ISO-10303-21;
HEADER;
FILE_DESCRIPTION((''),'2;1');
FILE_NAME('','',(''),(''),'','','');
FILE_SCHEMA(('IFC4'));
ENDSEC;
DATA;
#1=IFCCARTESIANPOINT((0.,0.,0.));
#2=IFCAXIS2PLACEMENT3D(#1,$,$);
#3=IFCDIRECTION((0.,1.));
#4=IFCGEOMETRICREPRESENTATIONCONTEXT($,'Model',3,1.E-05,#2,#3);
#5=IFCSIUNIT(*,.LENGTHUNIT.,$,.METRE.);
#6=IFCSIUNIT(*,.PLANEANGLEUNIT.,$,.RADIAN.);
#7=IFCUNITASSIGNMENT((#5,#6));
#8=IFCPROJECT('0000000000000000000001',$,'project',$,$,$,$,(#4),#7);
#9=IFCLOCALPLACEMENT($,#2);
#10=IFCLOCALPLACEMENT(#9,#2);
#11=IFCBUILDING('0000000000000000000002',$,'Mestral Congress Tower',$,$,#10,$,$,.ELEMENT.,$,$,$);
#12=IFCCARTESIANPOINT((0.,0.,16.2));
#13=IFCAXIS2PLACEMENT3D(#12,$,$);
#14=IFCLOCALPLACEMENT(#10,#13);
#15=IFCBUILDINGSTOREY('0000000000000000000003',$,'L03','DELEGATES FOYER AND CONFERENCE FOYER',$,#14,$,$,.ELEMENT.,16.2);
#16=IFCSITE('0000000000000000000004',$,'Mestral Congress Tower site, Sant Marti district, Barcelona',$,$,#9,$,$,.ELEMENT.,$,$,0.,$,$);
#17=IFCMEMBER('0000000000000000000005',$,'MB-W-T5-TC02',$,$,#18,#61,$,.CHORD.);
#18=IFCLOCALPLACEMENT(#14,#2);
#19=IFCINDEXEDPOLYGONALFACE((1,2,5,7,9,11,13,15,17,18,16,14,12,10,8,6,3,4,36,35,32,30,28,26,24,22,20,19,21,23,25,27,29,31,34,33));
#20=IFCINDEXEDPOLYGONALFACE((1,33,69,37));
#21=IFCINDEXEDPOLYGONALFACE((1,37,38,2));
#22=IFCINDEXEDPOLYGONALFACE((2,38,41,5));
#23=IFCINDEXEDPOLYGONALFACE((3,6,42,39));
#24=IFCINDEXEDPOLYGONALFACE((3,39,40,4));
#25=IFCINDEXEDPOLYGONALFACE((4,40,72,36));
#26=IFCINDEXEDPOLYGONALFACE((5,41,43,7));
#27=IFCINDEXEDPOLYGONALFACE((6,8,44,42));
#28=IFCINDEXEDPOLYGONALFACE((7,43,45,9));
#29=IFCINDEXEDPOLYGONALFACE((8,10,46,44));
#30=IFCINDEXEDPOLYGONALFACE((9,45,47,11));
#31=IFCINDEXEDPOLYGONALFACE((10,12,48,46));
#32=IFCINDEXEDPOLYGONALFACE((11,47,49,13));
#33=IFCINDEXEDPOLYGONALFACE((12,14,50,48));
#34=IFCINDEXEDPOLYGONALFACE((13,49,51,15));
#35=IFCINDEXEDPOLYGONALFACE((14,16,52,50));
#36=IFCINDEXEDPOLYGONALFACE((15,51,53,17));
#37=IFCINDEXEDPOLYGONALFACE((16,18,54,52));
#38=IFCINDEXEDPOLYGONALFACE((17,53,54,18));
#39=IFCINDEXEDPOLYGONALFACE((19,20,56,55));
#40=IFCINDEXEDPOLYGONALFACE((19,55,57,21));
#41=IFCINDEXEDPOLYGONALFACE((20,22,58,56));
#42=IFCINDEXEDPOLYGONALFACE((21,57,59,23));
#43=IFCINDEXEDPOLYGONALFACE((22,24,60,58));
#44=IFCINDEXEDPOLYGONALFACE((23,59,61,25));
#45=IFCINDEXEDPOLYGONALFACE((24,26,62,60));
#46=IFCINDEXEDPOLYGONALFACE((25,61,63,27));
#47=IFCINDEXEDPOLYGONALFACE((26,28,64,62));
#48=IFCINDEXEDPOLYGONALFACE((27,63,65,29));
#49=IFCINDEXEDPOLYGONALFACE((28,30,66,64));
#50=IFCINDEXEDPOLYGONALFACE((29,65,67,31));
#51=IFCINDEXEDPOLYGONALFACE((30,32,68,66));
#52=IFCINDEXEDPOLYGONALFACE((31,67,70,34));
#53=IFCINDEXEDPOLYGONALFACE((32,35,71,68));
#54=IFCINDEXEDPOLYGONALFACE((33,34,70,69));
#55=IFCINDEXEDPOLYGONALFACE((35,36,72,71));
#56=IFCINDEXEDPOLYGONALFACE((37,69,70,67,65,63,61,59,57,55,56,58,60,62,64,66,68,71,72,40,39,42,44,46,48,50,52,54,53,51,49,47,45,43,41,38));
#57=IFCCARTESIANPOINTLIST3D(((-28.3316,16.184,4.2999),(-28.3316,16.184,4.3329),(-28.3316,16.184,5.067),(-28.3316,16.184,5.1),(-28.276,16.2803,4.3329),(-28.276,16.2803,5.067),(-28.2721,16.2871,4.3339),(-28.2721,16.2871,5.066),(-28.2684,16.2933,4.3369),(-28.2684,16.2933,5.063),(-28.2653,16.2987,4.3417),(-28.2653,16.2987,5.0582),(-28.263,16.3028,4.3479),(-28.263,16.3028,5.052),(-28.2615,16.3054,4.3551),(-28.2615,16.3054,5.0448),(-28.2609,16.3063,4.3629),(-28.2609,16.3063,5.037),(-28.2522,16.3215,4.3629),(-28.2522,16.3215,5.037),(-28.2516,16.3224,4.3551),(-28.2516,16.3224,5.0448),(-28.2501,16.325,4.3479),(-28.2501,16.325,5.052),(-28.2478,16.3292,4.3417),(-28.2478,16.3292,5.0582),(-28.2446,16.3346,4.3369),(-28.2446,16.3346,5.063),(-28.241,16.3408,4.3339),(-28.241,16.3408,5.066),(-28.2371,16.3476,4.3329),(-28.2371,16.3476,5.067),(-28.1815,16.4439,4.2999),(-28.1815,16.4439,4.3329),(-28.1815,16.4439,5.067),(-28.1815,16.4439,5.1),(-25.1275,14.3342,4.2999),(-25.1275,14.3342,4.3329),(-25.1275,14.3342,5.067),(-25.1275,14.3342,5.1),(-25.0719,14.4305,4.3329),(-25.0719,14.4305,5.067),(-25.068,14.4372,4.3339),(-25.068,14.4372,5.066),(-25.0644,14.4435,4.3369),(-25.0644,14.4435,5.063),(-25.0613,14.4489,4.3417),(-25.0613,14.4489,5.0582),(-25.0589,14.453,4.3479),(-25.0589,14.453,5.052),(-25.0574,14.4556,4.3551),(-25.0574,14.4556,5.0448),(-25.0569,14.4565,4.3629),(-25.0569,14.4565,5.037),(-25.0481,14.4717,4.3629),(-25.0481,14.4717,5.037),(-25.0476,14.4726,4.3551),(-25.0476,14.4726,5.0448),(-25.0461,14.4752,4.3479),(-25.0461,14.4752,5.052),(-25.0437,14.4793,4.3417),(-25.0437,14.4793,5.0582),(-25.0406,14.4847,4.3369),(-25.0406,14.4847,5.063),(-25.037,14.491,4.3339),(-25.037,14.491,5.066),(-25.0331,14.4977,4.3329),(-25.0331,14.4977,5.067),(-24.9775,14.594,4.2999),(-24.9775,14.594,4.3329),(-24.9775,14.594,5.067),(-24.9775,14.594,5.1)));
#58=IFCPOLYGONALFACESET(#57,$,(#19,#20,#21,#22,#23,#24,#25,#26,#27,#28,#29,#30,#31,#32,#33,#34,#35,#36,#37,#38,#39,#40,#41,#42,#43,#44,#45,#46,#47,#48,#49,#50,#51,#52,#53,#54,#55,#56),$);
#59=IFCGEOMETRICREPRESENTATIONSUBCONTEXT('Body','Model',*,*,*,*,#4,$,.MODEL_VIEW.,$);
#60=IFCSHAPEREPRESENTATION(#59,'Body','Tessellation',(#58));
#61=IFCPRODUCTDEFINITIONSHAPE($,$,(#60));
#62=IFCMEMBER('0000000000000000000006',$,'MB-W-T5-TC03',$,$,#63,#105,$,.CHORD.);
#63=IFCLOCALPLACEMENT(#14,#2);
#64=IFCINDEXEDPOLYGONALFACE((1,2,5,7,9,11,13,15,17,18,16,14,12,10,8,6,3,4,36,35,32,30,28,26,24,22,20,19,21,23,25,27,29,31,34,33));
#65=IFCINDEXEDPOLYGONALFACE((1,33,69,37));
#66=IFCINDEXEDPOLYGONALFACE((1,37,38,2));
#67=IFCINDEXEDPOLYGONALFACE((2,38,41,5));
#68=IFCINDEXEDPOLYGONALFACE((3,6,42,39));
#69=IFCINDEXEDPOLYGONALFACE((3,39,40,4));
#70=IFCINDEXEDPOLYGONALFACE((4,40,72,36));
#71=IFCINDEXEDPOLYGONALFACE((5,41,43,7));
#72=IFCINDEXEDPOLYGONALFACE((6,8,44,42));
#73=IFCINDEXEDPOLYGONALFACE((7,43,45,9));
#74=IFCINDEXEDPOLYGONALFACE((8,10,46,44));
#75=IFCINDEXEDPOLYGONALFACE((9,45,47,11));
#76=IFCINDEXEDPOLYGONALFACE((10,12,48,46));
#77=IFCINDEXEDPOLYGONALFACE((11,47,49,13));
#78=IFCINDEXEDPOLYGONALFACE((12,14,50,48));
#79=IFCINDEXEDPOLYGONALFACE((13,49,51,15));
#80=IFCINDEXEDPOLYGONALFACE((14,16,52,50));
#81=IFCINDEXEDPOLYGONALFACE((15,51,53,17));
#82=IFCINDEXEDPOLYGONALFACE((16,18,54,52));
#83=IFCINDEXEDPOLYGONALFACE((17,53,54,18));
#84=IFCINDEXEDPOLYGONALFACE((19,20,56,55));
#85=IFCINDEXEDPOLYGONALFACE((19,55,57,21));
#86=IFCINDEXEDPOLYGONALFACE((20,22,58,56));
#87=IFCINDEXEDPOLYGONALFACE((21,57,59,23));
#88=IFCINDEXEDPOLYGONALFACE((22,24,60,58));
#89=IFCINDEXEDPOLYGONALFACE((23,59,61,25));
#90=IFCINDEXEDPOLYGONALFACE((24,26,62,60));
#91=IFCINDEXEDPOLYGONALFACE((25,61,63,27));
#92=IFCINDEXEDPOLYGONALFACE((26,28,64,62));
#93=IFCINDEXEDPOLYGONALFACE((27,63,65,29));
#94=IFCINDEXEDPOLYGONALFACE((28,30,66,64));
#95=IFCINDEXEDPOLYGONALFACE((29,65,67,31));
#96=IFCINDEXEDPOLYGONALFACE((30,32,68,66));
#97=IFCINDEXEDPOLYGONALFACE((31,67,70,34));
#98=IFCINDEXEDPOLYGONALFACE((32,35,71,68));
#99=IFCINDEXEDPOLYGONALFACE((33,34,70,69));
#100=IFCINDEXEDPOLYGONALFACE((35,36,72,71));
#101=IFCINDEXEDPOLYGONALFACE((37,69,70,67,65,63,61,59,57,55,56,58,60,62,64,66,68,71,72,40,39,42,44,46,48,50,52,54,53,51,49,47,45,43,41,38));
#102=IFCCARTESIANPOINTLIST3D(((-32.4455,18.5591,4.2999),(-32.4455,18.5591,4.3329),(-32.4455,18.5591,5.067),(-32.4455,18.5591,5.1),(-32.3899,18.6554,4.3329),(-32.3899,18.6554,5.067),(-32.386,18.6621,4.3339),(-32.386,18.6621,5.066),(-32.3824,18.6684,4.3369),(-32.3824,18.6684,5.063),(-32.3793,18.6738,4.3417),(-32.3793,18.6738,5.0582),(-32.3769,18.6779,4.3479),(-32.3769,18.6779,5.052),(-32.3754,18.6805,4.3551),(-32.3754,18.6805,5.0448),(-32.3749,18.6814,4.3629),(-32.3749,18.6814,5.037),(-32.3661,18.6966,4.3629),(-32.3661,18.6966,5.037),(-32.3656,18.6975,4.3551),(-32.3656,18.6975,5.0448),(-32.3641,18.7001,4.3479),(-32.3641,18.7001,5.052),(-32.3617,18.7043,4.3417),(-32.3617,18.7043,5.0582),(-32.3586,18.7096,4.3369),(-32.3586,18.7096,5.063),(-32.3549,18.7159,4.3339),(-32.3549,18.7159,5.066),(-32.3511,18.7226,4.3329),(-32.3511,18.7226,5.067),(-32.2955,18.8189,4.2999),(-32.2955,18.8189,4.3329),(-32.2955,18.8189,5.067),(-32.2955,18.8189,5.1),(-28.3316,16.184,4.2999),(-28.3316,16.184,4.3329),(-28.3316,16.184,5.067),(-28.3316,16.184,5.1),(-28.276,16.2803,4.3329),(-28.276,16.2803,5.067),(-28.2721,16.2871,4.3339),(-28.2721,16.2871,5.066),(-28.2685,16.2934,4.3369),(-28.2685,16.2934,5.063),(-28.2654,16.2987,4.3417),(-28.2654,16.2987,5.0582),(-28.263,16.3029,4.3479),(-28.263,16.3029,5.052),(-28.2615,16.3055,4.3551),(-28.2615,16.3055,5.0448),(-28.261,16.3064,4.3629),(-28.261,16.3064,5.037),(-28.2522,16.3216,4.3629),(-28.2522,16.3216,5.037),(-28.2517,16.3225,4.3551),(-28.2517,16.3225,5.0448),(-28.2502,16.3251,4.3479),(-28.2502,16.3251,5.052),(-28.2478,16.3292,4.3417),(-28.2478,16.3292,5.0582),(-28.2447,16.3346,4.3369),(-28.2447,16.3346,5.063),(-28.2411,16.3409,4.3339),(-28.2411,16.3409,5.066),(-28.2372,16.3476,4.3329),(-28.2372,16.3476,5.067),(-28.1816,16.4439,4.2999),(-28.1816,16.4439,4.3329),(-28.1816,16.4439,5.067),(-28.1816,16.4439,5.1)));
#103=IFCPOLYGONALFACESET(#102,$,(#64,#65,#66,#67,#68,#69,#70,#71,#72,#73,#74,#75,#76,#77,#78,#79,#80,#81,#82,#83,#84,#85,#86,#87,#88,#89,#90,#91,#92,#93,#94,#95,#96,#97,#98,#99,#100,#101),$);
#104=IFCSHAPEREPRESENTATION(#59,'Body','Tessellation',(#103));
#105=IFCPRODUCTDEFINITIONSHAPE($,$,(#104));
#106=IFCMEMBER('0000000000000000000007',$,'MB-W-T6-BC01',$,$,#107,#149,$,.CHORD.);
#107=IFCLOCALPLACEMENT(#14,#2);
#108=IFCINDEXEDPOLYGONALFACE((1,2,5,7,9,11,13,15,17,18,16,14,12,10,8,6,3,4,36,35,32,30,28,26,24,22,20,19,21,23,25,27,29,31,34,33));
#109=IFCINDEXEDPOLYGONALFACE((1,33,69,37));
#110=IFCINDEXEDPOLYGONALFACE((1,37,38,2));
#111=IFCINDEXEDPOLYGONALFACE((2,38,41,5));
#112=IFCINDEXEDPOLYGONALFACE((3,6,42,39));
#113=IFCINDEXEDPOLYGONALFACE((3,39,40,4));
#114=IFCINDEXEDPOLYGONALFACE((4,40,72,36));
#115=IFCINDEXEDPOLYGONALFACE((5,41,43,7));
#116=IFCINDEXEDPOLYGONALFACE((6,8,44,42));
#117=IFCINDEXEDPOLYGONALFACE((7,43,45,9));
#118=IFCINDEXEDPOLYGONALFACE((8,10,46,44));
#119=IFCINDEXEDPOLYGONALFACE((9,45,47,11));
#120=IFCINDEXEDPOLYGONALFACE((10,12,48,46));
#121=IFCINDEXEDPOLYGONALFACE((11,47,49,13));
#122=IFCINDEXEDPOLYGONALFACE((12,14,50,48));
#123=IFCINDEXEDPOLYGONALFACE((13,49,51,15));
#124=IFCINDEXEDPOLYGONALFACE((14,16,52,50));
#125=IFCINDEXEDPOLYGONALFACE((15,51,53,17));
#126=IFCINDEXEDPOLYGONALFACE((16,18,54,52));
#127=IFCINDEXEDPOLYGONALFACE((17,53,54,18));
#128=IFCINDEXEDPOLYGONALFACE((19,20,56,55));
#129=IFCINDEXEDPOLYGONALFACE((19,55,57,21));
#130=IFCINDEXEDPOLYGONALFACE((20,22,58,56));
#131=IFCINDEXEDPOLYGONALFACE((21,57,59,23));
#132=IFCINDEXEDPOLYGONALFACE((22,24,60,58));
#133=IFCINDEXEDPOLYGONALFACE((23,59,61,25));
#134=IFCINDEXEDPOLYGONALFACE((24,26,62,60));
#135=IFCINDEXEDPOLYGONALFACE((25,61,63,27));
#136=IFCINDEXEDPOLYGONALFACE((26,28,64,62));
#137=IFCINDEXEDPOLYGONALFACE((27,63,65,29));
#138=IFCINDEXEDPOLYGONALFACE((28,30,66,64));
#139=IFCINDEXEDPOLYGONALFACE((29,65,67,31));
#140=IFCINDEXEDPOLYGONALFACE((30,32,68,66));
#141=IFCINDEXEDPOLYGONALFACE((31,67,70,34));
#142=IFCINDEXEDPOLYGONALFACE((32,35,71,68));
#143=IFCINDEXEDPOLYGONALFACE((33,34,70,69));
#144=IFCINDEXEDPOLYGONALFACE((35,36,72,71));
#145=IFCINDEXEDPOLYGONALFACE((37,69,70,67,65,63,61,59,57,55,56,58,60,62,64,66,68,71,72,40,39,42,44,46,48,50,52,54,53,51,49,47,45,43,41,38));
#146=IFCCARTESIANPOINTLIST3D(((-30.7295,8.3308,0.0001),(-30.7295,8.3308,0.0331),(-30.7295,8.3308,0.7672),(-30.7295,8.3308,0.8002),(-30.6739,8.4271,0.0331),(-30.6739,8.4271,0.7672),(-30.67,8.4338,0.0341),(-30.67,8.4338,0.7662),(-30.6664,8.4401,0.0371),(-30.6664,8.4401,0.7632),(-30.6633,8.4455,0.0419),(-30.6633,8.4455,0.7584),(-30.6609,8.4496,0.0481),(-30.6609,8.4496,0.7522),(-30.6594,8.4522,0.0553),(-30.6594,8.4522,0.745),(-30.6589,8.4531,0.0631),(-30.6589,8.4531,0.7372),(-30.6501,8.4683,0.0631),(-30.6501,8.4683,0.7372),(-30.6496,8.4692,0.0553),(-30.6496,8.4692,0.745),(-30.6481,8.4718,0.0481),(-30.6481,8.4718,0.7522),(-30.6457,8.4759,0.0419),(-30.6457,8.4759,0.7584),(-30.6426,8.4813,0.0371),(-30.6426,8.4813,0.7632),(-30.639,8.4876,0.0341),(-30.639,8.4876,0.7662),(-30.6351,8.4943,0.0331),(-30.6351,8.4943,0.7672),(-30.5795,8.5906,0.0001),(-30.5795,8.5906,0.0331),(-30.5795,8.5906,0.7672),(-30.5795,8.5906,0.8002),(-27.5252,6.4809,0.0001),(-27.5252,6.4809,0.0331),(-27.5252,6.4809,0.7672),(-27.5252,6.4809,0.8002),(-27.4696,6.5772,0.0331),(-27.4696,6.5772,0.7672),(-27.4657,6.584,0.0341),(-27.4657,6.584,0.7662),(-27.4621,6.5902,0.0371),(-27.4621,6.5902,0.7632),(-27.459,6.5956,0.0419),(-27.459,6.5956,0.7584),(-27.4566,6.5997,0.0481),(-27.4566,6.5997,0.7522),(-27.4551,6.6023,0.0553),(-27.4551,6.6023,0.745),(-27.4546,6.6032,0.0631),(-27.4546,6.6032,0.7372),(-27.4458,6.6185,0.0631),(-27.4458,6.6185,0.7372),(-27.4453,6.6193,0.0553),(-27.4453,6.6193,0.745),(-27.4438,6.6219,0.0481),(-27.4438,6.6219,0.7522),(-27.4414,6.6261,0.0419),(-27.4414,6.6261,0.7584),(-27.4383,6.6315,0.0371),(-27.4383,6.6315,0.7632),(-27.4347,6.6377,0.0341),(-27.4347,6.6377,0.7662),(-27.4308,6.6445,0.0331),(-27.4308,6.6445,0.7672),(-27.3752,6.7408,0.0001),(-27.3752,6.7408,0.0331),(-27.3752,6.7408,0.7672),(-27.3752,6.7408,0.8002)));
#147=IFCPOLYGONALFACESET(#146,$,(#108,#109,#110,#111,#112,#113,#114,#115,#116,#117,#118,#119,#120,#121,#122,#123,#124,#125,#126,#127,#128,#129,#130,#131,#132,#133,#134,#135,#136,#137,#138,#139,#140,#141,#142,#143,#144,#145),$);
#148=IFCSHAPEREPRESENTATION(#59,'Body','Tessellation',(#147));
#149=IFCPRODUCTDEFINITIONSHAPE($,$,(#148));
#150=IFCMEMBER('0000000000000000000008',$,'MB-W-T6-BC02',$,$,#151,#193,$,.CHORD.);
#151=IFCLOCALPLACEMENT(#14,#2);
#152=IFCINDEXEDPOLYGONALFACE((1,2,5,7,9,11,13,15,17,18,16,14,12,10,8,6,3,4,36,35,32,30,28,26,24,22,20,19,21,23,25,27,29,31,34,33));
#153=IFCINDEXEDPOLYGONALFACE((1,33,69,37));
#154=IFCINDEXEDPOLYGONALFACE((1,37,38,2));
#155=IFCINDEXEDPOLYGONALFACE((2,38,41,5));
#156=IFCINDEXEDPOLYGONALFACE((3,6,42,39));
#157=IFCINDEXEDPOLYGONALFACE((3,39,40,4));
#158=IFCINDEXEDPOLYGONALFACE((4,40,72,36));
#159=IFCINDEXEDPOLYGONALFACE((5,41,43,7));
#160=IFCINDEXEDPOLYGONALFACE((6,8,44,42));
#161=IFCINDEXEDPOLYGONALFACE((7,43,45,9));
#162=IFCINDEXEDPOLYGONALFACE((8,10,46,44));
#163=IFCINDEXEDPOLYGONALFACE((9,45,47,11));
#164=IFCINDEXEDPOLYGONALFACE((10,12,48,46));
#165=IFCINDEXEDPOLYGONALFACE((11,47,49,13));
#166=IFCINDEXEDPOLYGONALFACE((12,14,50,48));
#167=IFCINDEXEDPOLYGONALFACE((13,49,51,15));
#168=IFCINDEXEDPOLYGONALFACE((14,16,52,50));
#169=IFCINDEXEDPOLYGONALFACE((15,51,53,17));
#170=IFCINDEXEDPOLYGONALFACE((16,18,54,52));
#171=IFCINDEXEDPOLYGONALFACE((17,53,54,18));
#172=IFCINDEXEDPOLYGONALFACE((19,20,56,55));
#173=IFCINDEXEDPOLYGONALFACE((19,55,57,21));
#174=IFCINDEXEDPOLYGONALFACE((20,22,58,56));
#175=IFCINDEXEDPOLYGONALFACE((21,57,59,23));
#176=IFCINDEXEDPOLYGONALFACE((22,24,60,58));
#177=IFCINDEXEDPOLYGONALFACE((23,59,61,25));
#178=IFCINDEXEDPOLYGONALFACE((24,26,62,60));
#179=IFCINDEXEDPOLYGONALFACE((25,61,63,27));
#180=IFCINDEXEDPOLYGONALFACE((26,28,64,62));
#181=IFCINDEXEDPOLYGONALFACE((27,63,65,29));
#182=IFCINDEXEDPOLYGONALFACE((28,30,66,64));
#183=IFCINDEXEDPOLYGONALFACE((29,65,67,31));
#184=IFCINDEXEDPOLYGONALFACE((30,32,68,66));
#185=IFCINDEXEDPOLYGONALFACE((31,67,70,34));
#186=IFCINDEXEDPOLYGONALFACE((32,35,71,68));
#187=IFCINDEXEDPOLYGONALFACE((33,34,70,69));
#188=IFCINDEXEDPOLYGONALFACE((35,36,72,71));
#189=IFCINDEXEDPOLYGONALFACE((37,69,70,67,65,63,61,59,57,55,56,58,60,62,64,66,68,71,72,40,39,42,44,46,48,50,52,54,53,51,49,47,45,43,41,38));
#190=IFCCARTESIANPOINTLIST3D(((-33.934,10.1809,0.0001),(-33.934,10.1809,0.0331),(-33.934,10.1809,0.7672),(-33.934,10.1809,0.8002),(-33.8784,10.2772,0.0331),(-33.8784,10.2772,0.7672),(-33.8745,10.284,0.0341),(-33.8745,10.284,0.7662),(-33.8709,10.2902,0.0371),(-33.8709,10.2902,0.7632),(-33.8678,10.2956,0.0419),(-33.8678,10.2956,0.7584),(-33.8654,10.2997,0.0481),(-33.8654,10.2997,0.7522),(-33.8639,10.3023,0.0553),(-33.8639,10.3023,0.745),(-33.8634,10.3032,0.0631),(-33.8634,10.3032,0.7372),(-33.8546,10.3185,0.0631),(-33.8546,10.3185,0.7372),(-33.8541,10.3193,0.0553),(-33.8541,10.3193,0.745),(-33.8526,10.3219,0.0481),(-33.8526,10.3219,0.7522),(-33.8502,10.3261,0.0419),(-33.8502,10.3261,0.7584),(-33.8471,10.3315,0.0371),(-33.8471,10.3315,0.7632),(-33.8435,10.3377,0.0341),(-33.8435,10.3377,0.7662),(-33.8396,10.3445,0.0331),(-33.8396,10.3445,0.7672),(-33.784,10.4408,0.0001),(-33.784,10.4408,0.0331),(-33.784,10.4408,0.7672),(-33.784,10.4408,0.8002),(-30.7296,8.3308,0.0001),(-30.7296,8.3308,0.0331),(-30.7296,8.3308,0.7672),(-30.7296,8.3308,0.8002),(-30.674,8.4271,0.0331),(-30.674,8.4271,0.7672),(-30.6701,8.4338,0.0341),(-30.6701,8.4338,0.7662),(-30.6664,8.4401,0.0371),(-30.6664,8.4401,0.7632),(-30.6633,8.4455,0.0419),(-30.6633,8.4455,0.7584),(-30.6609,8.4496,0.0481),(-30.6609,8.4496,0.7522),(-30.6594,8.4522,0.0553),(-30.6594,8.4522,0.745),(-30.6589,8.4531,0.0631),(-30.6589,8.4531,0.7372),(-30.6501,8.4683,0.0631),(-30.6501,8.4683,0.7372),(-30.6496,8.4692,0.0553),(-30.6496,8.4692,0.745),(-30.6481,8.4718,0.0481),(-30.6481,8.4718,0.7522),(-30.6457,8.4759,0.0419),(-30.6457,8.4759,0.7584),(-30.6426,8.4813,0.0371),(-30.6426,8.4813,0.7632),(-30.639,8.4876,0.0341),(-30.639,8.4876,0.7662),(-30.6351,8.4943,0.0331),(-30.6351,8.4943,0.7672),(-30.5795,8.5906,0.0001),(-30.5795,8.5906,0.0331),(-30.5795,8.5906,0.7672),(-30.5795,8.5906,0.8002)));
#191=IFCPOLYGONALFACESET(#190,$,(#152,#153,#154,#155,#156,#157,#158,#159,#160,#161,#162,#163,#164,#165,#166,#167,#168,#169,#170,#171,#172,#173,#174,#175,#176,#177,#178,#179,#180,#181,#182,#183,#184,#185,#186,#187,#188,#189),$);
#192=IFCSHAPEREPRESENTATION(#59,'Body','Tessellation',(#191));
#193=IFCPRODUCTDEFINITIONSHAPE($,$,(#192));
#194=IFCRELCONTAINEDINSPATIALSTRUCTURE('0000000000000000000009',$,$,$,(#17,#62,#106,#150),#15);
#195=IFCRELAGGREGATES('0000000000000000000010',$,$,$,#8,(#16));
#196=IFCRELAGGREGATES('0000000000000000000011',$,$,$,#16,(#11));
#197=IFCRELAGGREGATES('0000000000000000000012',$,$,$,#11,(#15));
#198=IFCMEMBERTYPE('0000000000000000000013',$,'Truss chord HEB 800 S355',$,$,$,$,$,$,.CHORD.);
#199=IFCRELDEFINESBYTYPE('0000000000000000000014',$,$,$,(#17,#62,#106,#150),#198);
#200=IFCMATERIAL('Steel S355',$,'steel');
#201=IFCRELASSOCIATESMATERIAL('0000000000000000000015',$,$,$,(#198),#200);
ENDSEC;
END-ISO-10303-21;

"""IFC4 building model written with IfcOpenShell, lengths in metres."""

from ifc_helpers import new_model, si_unit, direction, frame, origin, origin_2d, place, context, subcontext, project, spatial, i_section, extrude, material, material_profile, profile_set, type_object, element, save


model = new_model("IFC4")

# Units and contexts
model_context = context("Model", 3, precision=1e-05, world=origin(), true_north=direction((0.0, 1.0)))
body_context = subcontext(model_context, "Body", "Model", "MODEL_VIEW")
ifc_project = project(units=[si_unit("LENGTHUNIT", "METRE"), si_unit("PLANEANGLEUNIT", "RADIAN")], contexts=[model_context])

# Site, building, storey
site_placement = place(None, origin())
site = spatial("IfcSite", under=ifc_project, at=site_placement, Name="Mestral Congress Tower site, Sant Marti district, Barcelona", CompositionType="ELEMENT", RefElevation=0.0)
building_placement = place(site_placement, origin())
building = spatial("IfcBuilding", under=site, at=building_placement, Name="Mestral Congress Tower", CompositionType="ELEMENT")
storey_placement = place(building_placement, frame((0.0, 0.0, 16.2)))
storey = spatial("IfcBuildingStorey", under=building, at=storey_placement, Name="L03", Description="DELEGATES FOYER AND CONFERENCE FOYER", CompositionType="ELEMENT", Elevation=16.2)

# Members
ifc_material_1 = material(Name="Steel S355", Category="steel")
ifc_material_profile_1 = material_profile(ifc_material_1, i_section(OverallWidth=0.3, OverallDepth=0.8, WebThickness=0.0176, FlangeThickness=0.033, FilletRadius=0.03, at=origin_2d()), Name="HEB 800")
ifc_profile_set_1 = profile_set([ifc_material_profile_1], Name="Steel S355")
member_type_1 = type_object("IfcMemberType", Name="Truss chord HEB 800 S355", PredefinedType="CHORD", material=ifc_profile_set_1)
member_1_placement = place(storey_placement, frame((-25.0525, 14.4641, 4.7), z_axis=(-0.86603, 0.499993, 0.0), x_axis=(-0.499993, -0.86603, 0.0)))
element("IfcMember", 1, at=member_1_placement, inside=storey, type_object=member_type_1, Name="MB-W-T5-TC02", PredefinedType="CHORD", context=body_context, shape_type="SweptSolid", body=[
    extrude(i_section(OverallWidth=0.3, OverallDepth=0.8, WebThickness=0.0176, FlangeThickness=0.033, FilletRadius=0.03, at=origin_2d()), origin(), (0.0, 0.0, 1.0), 3.6997),
])
member_2_placement = place(storey_placement, frame((-28.2566, 16.314, 4.7), z_axis=(-0.866033, 0.499986, 0.0), x_axis=(-0.499986, -0.866033, 0.0)))
element("IfcMember", 2, at=member_2_placement, inside=storey, type_object=member_type_1, Name="MB-W-T5-TC03", PredefinedType="CHORD", context=body_context, shape_type="SweptSolid", body=[
    extrude(i_section(OverallWidth=0.3, OverallDepth=0.8, WebThickness=0.0176, FlangeThickness=0.033, FilletRadius=0.03, at=origin_2d()), origin(), (0.0, 0.0, 1.0), 4.7502),
])
member_3_placement = place(storey_placement, frame((-27.4502, 6.6108, 0.4001), z_axis=(-0.866046, 0.499964, 0.0), x_axis=(-0.499964, -0.866046, 0.0)))
element("IfcMember", 3, at=member_3_placement, inside=storey, type_object=member_type_1, Name="MB-W-T6-BC01", PredefinedType="CHORD", context=body_context, shape_type="SweptSolid", body=[
    extrude(i_section(OverallWidth=0.3, OverallDepth=0.8, WebThickness=0.0176, FlangeThickness=0.033, FilletRadius=0.03, at=origin_2d()), origin(), (0.0, 0.0, 1.0), 3.7),
])
member_4_placement = place(storey_placement, frame((-30.6545, 8.4607, 0.4001), z_axis=(-0.866017, 0.500014, 0.0), x_axis=(-0.500014, -0.866017, 0.0)))
element("IfcMember", 4, at=member_4_placement, inside=storey, type_object=member_type_1, Name="MB-W-T6-BC02", PredefinedType="CHORD", context=body_context, shape_type="SweptSolid", body=[
    extrude(i_section(OverallWidth=0.3, OverallDepth=0.8, WebThickness=0.0176, FlangeThickness=0.033, FilletRadius=0.03, at=origin_2d()), origin(), (0.0, 0.0, 1.0), 3.7002),
])

save(model, "model.ifc")
